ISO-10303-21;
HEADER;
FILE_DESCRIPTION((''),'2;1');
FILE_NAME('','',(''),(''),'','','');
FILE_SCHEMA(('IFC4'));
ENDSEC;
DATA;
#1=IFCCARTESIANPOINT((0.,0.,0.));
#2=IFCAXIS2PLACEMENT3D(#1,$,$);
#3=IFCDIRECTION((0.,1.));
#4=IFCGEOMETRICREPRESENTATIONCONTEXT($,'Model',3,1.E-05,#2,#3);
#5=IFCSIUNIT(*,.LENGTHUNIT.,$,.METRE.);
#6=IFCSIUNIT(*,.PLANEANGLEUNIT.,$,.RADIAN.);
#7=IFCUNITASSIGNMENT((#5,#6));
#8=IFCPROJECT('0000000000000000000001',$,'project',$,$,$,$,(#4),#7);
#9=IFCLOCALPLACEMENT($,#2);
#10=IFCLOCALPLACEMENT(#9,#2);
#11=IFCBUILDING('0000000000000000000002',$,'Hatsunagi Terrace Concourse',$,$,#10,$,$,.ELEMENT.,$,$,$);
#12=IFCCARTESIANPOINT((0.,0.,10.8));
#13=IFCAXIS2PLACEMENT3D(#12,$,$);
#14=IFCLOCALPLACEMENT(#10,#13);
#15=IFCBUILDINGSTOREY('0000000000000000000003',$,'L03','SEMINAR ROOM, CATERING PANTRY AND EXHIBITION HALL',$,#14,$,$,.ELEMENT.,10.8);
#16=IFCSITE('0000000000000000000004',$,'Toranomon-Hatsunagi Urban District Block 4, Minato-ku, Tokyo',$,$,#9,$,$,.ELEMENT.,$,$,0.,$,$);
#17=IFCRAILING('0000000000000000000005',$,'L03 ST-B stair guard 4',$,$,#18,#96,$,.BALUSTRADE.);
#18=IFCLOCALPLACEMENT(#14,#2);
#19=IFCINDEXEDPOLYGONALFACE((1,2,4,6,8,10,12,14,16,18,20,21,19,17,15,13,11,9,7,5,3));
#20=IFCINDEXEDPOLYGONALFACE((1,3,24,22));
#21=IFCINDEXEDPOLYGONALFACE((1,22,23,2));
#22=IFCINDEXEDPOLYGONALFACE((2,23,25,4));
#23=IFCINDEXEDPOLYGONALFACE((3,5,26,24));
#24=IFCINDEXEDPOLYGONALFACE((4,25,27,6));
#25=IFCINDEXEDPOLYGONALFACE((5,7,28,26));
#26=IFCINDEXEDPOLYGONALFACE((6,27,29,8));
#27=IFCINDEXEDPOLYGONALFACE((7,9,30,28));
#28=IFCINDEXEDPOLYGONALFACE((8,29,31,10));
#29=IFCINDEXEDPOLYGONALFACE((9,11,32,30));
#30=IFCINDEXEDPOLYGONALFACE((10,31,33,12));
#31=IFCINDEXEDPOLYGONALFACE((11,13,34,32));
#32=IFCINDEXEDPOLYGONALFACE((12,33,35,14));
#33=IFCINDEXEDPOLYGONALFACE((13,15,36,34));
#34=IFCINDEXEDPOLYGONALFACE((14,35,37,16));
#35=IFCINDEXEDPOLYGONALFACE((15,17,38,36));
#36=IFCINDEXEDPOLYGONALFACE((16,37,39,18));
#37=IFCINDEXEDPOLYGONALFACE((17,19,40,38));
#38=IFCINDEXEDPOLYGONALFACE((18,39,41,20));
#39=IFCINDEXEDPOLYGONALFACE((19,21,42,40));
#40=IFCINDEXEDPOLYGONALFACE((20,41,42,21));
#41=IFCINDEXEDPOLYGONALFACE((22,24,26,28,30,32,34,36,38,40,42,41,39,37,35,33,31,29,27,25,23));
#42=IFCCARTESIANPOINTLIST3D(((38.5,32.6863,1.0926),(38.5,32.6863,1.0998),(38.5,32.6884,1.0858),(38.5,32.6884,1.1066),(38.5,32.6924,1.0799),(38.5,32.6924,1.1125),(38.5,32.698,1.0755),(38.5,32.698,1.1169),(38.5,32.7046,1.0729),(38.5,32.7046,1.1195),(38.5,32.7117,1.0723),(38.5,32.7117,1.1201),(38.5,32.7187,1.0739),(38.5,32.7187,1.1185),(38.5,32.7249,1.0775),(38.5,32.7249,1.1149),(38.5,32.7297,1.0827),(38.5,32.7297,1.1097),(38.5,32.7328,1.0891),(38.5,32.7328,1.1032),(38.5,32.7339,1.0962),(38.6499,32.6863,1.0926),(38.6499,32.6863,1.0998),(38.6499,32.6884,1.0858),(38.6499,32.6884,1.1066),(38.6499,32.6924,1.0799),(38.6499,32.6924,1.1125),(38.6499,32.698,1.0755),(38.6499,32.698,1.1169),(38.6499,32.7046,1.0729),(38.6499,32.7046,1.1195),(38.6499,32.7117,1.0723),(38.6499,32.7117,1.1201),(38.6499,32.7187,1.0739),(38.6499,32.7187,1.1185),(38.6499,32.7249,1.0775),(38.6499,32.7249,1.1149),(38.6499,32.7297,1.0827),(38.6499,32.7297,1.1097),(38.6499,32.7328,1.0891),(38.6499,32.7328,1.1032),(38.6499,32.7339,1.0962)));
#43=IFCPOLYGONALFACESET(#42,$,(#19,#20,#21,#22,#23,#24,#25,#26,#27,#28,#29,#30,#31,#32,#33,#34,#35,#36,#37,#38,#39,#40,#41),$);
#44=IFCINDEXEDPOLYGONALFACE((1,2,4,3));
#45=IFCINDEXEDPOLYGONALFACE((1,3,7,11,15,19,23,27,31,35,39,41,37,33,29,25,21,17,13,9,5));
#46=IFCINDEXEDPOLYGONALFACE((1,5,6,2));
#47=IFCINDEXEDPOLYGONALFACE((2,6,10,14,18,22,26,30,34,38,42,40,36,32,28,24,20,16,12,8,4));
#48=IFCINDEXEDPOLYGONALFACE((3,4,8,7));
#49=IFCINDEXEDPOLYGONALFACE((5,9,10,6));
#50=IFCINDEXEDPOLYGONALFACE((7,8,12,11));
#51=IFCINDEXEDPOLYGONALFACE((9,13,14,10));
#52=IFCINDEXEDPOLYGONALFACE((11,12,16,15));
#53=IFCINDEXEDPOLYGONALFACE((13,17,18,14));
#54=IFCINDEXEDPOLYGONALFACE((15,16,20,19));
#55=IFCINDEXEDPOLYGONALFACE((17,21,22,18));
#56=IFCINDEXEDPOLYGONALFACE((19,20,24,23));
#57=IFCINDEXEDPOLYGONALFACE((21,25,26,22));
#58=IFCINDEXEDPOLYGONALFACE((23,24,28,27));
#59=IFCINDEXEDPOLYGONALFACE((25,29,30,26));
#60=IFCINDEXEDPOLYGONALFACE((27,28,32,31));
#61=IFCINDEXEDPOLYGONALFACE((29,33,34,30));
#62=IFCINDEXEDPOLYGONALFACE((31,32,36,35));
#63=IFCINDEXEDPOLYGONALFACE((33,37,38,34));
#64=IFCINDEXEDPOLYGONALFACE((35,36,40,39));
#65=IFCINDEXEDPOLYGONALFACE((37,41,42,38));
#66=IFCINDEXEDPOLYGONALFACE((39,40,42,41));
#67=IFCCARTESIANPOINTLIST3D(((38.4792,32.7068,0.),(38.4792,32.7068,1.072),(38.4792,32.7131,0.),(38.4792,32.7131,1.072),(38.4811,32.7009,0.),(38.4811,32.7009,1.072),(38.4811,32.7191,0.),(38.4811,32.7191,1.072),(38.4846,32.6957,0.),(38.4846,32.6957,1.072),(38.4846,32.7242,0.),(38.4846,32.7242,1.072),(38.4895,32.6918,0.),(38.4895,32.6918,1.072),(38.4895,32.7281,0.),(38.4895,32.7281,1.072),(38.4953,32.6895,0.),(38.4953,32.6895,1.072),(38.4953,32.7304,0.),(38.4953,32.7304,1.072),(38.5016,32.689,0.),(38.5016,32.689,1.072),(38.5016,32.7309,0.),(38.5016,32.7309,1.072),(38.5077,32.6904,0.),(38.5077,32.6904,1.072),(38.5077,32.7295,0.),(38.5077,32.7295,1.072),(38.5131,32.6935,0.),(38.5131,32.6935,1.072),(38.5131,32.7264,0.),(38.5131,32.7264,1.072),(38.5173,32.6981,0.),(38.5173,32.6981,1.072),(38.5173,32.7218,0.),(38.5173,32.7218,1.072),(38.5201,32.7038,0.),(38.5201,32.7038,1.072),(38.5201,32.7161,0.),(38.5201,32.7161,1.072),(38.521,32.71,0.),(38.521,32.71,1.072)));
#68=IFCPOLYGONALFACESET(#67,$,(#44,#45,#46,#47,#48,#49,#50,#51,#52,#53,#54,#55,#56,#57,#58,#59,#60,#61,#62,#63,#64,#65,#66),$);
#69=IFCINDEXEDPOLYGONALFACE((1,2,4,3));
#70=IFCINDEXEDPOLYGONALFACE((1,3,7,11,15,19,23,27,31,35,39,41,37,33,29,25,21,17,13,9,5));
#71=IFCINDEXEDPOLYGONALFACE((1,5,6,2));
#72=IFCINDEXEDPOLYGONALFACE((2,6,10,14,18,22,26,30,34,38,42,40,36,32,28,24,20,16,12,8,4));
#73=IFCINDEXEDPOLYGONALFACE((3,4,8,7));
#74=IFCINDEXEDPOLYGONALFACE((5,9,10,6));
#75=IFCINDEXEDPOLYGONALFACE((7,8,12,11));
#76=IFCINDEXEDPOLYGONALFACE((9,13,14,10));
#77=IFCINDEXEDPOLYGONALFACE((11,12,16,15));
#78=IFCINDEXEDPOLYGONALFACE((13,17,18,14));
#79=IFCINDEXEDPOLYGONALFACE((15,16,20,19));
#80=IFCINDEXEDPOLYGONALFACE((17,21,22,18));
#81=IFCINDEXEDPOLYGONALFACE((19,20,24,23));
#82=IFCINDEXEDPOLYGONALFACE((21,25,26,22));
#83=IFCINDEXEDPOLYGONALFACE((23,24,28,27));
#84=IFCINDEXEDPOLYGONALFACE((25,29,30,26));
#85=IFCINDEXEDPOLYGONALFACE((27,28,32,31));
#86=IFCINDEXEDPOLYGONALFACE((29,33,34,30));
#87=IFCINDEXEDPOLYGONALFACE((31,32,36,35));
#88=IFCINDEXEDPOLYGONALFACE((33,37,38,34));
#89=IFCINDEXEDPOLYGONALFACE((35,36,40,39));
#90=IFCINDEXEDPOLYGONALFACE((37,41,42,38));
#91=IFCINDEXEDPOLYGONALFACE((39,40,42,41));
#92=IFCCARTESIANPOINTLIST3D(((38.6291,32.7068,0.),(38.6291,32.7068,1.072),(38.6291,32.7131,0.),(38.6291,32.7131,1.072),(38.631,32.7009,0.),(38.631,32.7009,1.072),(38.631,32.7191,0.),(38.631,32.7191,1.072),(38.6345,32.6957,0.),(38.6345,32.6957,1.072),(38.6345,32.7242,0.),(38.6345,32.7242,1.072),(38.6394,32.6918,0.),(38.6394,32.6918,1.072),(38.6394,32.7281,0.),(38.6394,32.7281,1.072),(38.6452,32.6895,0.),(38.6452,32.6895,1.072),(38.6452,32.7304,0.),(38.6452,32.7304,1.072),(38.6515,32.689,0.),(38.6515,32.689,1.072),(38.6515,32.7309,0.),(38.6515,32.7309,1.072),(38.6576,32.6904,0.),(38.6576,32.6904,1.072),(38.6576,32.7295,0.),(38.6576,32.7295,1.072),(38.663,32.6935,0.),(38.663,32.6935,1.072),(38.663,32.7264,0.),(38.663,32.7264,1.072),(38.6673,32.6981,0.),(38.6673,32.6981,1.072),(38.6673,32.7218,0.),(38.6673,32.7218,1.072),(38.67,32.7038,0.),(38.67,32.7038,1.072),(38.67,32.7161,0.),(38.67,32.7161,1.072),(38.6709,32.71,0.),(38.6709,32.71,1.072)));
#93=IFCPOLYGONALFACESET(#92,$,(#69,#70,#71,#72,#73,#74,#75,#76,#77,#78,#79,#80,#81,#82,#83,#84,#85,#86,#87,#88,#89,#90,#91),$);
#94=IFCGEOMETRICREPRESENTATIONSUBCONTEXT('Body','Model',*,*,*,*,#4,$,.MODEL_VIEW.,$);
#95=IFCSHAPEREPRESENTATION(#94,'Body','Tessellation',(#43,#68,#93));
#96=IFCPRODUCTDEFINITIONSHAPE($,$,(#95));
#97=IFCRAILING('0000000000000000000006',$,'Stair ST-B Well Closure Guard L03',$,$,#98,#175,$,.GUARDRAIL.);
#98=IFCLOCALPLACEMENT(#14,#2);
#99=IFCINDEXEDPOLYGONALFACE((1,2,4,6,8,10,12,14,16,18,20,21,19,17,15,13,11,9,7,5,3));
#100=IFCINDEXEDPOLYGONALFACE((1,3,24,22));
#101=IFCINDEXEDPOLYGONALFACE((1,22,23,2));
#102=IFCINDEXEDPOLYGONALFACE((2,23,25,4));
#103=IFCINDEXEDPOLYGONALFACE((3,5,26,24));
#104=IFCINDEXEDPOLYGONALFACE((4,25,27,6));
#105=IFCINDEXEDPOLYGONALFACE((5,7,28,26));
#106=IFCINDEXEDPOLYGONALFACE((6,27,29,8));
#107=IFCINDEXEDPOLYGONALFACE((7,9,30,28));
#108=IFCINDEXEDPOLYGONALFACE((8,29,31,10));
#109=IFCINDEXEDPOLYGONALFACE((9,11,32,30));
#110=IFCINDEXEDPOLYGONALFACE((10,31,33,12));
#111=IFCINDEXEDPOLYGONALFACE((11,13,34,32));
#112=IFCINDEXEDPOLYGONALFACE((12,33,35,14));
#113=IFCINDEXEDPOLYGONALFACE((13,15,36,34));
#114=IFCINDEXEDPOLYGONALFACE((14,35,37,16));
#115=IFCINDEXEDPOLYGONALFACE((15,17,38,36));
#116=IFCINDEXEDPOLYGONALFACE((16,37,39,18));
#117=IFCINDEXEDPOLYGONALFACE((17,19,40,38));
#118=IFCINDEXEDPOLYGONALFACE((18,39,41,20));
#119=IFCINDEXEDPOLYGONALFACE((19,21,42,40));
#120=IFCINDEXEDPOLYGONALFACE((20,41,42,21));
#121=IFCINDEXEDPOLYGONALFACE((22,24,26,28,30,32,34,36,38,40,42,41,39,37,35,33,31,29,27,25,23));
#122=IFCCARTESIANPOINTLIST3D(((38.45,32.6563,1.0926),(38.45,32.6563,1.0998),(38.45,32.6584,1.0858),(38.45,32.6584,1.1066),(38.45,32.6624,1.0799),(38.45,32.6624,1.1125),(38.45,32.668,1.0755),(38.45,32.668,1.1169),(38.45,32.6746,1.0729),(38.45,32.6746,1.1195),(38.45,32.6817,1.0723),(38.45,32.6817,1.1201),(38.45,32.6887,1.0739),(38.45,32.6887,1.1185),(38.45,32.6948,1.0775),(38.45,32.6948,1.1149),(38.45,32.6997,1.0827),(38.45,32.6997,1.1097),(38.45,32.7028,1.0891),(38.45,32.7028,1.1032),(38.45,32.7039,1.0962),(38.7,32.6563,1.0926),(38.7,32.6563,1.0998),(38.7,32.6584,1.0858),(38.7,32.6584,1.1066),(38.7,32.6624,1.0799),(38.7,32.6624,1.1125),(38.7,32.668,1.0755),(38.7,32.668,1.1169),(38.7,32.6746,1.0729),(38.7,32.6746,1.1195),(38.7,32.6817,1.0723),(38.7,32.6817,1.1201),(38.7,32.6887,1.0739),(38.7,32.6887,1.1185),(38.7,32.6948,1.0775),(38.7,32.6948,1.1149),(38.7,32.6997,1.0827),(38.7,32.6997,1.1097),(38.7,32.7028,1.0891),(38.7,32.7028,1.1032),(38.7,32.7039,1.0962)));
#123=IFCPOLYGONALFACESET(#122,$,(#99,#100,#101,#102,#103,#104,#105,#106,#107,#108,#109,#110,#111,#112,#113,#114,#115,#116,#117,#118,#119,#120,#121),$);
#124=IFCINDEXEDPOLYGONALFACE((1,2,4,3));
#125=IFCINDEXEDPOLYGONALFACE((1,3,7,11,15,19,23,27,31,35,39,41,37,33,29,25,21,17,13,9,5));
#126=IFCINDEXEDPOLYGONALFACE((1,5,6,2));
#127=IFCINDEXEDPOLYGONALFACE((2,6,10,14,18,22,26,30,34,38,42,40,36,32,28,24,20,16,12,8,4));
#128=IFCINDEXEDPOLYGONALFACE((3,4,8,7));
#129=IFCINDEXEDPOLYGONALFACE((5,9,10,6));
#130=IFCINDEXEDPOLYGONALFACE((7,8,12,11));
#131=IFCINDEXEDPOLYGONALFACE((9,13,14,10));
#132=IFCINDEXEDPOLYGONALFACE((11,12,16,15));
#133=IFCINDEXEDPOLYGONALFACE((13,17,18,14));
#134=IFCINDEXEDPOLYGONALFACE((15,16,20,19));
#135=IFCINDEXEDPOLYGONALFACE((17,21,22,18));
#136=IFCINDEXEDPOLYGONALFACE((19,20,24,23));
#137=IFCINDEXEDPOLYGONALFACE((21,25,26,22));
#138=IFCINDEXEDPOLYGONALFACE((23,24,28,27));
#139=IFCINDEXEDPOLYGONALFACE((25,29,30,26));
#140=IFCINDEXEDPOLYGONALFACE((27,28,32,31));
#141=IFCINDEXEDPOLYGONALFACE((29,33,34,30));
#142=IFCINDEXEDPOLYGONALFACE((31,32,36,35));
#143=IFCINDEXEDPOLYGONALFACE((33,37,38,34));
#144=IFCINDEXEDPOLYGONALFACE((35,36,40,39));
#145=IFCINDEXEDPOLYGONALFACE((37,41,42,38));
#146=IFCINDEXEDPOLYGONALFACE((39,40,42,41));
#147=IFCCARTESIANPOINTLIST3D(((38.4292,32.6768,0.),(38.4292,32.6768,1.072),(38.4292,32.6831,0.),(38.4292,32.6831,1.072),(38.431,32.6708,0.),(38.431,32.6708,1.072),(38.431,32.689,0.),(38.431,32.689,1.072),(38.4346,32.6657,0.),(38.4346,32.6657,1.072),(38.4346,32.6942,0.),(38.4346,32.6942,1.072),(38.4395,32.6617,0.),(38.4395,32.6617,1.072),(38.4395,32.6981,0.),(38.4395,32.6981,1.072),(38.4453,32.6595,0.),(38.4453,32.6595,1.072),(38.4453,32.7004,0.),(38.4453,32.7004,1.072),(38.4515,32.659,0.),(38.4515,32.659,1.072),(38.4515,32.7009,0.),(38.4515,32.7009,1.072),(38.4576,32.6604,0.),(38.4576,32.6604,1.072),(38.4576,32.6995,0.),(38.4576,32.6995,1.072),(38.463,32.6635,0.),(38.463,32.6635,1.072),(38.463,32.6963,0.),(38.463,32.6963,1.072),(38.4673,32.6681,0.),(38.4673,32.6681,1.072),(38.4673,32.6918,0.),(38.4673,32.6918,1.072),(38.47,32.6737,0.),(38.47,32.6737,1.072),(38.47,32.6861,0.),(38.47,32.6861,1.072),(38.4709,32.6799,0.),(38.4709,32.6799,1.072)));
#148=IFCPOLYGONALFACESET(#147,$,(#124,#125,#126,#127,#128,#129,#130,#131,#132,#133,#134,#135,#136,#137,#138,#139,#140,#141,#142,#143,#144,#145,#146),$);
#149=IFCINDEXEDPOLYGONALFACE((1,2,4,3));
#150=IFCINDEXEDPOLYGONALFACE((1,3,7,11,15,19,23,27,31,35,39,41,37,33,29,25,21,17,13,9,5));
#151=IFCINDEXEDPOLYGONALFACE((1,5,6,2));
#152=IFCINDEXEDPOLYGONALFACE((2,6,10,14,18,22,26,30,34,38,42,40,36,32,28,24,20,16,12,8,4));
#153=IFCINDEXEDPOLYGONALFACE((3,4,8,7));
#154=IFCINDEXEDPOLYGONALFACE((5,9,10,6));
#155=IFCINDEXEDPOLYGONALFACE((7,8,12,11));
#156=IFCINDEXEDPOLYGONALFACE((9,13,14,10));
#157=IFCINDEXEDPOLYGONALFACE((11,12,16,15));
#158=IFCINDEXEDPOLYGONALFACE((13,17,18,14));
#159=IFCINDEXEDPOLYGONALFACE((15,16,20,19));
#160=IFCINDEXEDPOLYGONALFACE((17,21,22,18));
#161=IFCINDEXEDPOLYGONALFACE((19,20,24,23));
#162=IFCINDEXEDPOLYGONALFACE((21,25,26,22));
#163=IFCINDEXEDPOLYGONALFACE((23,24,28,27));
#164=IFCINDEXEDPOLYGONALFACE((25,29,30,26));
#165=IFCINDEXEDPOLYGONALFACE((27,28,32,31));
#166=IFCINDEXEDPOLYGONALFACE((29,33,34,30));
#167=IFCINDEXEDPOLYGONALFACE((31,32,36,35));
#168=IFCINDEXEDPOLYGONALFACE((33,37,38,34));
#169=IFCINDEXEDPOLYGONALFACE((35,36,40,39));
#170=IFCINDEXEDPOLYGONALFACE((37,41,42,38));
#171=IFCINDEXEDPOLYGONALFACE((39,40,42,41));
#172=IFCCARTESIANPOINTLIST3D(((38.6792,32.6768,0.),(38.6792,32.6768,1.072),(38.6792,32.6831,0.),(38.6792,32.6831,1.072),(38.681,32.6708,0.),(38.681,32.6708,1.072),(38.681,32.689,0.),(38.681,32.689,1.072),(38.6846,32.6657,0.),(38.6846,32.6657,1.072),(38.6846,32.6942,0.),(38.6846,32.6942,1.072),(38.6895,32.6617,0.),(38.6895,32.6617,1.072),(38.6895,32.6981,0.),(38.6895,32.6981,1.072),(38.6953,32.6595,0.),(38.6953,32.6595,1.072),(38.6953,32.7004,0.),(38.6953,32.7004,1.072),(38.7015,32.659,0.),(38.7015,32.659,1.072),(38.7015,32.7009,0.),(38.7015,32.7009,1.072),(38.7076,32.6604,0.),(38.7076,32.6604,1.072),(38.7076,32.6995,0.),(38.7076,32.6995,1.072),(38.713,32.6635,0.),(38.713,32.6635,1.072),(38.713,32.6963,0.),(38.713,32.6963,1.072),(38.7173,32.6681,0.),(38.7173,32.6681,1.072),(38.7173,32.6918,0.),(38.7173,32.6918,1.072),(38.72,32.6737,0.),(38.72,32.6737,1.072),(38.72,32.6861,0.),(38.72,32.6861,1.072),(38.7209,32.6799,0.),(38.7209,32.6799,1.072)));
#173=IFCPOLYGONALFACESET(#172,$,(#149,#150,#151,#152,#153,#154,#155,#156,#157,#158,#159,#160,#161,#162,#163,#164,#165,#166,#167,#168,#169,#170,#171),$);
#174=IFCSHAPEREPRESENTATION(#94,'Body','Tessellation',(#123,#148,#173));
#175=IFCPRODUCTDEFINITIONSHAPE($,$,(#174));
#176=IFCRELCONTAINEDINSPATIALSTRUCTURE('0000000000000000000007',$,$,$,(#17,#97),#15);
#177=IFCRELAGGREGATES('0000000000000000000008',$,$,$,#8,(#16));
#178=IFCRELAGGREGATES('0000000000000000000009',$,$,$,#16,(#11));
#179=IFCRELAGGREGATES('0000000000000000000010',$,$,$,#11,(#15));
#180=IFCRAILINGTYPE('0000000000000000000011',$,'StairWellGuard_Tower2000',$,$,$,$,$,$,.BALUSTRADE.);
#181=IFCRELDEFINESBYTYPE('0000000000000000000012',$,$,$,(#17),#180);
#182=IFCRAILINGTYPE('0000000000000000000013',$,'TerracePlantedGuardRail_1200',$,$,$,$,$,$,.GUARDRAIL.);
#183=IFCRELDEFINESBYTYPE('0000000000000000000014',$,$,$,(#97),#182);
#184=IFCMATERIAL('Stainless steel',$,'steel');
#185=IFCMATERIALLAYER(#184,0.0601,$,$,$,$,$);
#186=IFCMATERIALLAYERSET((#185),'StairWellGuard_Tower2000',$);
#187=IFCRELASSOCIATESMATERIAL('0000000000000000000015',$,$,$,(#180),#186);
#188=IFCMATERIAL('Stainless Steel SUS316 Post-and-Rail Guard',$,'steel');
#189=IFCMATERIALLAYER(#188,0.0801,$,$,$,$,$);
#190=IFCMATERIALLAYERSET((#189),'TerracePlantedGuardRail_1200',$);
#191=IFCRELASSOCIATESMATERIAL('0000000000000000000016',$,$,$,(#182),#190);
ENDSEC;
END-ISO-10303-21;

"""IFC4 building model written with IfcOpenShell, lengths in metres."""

from ifc_helpers import new_model, si_unit, direction, frame, origin, origin_2d, place, context, subcontext, project, spatial, circle, extrude, material, layer, layer_set, type_object, element, save


model = new_model("IFC4")

# Units and contexts
model_context = context("Model", 3, precision=1e-05, world=origin(), true_north=direction((0.0, 1.0)))
body_context = subcontext(model_context, "Body", "Model", "MODEL_VIEW")
ifc_project = project(units=[si_unit("LENGTHUNIT", "METRE"), si_unit("PLANEANGLEUNIT", "RADIAN")], contexts=[model_context])

# Site, building, storey
site_placement = place(None, origin())
site = spatial("IfcSite", under=ifc_project, at=site_placement, Name="Toranomon-Hatsunagi Urban District Block 4, Minato-ku, Tokyo", CompositionType="ELEMENT", RefElevation=0.0)
building_placement = place(site_placement, origin())
building = spatial("IfcBuilding", under=site, at=building_placement, Name="Hatsunagi Terrace Concourse", CompositionType="ELEMENT")
storey_placement = place(building_placement, frame((0.0, 0.0, 10.8)))
storey = spatial("IfcBuildingStorey", under=building, at=storey_placement, Name="L03", Description="SEMINAR ROOM, CATERING PANTRY AND EXHIBITION HALL", CompositionType="ELEMENT", Elevation=10.8)

# Railings
ifc_material_1 = material(Name="Stainless steel", Category="steel")
ifc_layer_1 = layer(ifc_material_1, 0.0601)
ifc_layer_set_1 = layer_set([ifc_layer_1], Name="StairWellGuard_Tower2000")
railing_type_1 = type_object("IfcRailingType", Name="StairWellGuard_Tower2000", PredefinedType="BALUSTRADE", material=ifc_layer_set_1)
railing_1_placement = place(storey_placement, frame((38.5, 32.71, 0.0)))
element("IfcRailing", 1, at=railing_1_placement, inside=storey, type_object=railing_type_1, Name="L03 ST-B stair guard 4", PredefinedType="BALUSTRADE", context=body_context, shape_type="SweptSolid", body=[
    extrude(circle(Radius=0.0239, at=origin_2d()), frame((0.0, 0.0, 1.0962), z_axis=(1.0, 0.0, 0.0), x_axis=(0.0, 1.0, 0.0)), (0.0, 0.0, 1.0), 0.1499),
    extrude(circle(Radius=0.021, at=origin_2d()), origin(), (0.0, 0.0, 1.0), 1.072),
    extrude(circle(Radius=0.021, at=origin_2d()), frame((0.1499, 0.0, 0.0)), (0.0, 0.0, 1.0), 1.072),
])
ifc_material_2 = material(Name="Stainless Steel SUS316 Post-and-Rail Guard", Category="steel")
ifc_layer_2 = layer(ifc_material_2, 0.0801)
ifc_layer_set_2 = layer_set([ifc_layer_2], Name="TerracePlantedGuardRail_1200")
railing_type_2 = type_object("IfcRailingType", Name="TerracePlantedGuardRail_1200", PredefinedType="GUARDRAIL", material=ifc_layer_set_2)
railing_2_placement = place(storey_placement, frame((38.45, 32.6799, 0.0)))
element("IfcRailing", 2, at=railing_2_placement, inside=storey, type_object=railing_type_2, Name="Stair ST-B Well Closure Guard L03", PredefinedType="GUARDRAIL", context=body_context, shape_type="SweptSolid", body=[
    extrude(circle(Radius=0.0239, at=origin_2d()), frame((0.0, 0.0, 1.0962), z_axis=(1.0, 0.0, 0.0), x_axis=(0.0, 1.0, 0.0)), (0.0, 0.0, 1.0), 0.25),
    extrude(circle(Radius=0.021, at=origin_2d()), origin(), (0.0, 0.0, 1.0), 1.072),
    extrude(circle(Radius=0.021, at=origin_2d()), frame((0.25, 0.0, 0.0)), (0.0, 0.0, 1.0), 1.072),
])

save(model, "model.ifc")
